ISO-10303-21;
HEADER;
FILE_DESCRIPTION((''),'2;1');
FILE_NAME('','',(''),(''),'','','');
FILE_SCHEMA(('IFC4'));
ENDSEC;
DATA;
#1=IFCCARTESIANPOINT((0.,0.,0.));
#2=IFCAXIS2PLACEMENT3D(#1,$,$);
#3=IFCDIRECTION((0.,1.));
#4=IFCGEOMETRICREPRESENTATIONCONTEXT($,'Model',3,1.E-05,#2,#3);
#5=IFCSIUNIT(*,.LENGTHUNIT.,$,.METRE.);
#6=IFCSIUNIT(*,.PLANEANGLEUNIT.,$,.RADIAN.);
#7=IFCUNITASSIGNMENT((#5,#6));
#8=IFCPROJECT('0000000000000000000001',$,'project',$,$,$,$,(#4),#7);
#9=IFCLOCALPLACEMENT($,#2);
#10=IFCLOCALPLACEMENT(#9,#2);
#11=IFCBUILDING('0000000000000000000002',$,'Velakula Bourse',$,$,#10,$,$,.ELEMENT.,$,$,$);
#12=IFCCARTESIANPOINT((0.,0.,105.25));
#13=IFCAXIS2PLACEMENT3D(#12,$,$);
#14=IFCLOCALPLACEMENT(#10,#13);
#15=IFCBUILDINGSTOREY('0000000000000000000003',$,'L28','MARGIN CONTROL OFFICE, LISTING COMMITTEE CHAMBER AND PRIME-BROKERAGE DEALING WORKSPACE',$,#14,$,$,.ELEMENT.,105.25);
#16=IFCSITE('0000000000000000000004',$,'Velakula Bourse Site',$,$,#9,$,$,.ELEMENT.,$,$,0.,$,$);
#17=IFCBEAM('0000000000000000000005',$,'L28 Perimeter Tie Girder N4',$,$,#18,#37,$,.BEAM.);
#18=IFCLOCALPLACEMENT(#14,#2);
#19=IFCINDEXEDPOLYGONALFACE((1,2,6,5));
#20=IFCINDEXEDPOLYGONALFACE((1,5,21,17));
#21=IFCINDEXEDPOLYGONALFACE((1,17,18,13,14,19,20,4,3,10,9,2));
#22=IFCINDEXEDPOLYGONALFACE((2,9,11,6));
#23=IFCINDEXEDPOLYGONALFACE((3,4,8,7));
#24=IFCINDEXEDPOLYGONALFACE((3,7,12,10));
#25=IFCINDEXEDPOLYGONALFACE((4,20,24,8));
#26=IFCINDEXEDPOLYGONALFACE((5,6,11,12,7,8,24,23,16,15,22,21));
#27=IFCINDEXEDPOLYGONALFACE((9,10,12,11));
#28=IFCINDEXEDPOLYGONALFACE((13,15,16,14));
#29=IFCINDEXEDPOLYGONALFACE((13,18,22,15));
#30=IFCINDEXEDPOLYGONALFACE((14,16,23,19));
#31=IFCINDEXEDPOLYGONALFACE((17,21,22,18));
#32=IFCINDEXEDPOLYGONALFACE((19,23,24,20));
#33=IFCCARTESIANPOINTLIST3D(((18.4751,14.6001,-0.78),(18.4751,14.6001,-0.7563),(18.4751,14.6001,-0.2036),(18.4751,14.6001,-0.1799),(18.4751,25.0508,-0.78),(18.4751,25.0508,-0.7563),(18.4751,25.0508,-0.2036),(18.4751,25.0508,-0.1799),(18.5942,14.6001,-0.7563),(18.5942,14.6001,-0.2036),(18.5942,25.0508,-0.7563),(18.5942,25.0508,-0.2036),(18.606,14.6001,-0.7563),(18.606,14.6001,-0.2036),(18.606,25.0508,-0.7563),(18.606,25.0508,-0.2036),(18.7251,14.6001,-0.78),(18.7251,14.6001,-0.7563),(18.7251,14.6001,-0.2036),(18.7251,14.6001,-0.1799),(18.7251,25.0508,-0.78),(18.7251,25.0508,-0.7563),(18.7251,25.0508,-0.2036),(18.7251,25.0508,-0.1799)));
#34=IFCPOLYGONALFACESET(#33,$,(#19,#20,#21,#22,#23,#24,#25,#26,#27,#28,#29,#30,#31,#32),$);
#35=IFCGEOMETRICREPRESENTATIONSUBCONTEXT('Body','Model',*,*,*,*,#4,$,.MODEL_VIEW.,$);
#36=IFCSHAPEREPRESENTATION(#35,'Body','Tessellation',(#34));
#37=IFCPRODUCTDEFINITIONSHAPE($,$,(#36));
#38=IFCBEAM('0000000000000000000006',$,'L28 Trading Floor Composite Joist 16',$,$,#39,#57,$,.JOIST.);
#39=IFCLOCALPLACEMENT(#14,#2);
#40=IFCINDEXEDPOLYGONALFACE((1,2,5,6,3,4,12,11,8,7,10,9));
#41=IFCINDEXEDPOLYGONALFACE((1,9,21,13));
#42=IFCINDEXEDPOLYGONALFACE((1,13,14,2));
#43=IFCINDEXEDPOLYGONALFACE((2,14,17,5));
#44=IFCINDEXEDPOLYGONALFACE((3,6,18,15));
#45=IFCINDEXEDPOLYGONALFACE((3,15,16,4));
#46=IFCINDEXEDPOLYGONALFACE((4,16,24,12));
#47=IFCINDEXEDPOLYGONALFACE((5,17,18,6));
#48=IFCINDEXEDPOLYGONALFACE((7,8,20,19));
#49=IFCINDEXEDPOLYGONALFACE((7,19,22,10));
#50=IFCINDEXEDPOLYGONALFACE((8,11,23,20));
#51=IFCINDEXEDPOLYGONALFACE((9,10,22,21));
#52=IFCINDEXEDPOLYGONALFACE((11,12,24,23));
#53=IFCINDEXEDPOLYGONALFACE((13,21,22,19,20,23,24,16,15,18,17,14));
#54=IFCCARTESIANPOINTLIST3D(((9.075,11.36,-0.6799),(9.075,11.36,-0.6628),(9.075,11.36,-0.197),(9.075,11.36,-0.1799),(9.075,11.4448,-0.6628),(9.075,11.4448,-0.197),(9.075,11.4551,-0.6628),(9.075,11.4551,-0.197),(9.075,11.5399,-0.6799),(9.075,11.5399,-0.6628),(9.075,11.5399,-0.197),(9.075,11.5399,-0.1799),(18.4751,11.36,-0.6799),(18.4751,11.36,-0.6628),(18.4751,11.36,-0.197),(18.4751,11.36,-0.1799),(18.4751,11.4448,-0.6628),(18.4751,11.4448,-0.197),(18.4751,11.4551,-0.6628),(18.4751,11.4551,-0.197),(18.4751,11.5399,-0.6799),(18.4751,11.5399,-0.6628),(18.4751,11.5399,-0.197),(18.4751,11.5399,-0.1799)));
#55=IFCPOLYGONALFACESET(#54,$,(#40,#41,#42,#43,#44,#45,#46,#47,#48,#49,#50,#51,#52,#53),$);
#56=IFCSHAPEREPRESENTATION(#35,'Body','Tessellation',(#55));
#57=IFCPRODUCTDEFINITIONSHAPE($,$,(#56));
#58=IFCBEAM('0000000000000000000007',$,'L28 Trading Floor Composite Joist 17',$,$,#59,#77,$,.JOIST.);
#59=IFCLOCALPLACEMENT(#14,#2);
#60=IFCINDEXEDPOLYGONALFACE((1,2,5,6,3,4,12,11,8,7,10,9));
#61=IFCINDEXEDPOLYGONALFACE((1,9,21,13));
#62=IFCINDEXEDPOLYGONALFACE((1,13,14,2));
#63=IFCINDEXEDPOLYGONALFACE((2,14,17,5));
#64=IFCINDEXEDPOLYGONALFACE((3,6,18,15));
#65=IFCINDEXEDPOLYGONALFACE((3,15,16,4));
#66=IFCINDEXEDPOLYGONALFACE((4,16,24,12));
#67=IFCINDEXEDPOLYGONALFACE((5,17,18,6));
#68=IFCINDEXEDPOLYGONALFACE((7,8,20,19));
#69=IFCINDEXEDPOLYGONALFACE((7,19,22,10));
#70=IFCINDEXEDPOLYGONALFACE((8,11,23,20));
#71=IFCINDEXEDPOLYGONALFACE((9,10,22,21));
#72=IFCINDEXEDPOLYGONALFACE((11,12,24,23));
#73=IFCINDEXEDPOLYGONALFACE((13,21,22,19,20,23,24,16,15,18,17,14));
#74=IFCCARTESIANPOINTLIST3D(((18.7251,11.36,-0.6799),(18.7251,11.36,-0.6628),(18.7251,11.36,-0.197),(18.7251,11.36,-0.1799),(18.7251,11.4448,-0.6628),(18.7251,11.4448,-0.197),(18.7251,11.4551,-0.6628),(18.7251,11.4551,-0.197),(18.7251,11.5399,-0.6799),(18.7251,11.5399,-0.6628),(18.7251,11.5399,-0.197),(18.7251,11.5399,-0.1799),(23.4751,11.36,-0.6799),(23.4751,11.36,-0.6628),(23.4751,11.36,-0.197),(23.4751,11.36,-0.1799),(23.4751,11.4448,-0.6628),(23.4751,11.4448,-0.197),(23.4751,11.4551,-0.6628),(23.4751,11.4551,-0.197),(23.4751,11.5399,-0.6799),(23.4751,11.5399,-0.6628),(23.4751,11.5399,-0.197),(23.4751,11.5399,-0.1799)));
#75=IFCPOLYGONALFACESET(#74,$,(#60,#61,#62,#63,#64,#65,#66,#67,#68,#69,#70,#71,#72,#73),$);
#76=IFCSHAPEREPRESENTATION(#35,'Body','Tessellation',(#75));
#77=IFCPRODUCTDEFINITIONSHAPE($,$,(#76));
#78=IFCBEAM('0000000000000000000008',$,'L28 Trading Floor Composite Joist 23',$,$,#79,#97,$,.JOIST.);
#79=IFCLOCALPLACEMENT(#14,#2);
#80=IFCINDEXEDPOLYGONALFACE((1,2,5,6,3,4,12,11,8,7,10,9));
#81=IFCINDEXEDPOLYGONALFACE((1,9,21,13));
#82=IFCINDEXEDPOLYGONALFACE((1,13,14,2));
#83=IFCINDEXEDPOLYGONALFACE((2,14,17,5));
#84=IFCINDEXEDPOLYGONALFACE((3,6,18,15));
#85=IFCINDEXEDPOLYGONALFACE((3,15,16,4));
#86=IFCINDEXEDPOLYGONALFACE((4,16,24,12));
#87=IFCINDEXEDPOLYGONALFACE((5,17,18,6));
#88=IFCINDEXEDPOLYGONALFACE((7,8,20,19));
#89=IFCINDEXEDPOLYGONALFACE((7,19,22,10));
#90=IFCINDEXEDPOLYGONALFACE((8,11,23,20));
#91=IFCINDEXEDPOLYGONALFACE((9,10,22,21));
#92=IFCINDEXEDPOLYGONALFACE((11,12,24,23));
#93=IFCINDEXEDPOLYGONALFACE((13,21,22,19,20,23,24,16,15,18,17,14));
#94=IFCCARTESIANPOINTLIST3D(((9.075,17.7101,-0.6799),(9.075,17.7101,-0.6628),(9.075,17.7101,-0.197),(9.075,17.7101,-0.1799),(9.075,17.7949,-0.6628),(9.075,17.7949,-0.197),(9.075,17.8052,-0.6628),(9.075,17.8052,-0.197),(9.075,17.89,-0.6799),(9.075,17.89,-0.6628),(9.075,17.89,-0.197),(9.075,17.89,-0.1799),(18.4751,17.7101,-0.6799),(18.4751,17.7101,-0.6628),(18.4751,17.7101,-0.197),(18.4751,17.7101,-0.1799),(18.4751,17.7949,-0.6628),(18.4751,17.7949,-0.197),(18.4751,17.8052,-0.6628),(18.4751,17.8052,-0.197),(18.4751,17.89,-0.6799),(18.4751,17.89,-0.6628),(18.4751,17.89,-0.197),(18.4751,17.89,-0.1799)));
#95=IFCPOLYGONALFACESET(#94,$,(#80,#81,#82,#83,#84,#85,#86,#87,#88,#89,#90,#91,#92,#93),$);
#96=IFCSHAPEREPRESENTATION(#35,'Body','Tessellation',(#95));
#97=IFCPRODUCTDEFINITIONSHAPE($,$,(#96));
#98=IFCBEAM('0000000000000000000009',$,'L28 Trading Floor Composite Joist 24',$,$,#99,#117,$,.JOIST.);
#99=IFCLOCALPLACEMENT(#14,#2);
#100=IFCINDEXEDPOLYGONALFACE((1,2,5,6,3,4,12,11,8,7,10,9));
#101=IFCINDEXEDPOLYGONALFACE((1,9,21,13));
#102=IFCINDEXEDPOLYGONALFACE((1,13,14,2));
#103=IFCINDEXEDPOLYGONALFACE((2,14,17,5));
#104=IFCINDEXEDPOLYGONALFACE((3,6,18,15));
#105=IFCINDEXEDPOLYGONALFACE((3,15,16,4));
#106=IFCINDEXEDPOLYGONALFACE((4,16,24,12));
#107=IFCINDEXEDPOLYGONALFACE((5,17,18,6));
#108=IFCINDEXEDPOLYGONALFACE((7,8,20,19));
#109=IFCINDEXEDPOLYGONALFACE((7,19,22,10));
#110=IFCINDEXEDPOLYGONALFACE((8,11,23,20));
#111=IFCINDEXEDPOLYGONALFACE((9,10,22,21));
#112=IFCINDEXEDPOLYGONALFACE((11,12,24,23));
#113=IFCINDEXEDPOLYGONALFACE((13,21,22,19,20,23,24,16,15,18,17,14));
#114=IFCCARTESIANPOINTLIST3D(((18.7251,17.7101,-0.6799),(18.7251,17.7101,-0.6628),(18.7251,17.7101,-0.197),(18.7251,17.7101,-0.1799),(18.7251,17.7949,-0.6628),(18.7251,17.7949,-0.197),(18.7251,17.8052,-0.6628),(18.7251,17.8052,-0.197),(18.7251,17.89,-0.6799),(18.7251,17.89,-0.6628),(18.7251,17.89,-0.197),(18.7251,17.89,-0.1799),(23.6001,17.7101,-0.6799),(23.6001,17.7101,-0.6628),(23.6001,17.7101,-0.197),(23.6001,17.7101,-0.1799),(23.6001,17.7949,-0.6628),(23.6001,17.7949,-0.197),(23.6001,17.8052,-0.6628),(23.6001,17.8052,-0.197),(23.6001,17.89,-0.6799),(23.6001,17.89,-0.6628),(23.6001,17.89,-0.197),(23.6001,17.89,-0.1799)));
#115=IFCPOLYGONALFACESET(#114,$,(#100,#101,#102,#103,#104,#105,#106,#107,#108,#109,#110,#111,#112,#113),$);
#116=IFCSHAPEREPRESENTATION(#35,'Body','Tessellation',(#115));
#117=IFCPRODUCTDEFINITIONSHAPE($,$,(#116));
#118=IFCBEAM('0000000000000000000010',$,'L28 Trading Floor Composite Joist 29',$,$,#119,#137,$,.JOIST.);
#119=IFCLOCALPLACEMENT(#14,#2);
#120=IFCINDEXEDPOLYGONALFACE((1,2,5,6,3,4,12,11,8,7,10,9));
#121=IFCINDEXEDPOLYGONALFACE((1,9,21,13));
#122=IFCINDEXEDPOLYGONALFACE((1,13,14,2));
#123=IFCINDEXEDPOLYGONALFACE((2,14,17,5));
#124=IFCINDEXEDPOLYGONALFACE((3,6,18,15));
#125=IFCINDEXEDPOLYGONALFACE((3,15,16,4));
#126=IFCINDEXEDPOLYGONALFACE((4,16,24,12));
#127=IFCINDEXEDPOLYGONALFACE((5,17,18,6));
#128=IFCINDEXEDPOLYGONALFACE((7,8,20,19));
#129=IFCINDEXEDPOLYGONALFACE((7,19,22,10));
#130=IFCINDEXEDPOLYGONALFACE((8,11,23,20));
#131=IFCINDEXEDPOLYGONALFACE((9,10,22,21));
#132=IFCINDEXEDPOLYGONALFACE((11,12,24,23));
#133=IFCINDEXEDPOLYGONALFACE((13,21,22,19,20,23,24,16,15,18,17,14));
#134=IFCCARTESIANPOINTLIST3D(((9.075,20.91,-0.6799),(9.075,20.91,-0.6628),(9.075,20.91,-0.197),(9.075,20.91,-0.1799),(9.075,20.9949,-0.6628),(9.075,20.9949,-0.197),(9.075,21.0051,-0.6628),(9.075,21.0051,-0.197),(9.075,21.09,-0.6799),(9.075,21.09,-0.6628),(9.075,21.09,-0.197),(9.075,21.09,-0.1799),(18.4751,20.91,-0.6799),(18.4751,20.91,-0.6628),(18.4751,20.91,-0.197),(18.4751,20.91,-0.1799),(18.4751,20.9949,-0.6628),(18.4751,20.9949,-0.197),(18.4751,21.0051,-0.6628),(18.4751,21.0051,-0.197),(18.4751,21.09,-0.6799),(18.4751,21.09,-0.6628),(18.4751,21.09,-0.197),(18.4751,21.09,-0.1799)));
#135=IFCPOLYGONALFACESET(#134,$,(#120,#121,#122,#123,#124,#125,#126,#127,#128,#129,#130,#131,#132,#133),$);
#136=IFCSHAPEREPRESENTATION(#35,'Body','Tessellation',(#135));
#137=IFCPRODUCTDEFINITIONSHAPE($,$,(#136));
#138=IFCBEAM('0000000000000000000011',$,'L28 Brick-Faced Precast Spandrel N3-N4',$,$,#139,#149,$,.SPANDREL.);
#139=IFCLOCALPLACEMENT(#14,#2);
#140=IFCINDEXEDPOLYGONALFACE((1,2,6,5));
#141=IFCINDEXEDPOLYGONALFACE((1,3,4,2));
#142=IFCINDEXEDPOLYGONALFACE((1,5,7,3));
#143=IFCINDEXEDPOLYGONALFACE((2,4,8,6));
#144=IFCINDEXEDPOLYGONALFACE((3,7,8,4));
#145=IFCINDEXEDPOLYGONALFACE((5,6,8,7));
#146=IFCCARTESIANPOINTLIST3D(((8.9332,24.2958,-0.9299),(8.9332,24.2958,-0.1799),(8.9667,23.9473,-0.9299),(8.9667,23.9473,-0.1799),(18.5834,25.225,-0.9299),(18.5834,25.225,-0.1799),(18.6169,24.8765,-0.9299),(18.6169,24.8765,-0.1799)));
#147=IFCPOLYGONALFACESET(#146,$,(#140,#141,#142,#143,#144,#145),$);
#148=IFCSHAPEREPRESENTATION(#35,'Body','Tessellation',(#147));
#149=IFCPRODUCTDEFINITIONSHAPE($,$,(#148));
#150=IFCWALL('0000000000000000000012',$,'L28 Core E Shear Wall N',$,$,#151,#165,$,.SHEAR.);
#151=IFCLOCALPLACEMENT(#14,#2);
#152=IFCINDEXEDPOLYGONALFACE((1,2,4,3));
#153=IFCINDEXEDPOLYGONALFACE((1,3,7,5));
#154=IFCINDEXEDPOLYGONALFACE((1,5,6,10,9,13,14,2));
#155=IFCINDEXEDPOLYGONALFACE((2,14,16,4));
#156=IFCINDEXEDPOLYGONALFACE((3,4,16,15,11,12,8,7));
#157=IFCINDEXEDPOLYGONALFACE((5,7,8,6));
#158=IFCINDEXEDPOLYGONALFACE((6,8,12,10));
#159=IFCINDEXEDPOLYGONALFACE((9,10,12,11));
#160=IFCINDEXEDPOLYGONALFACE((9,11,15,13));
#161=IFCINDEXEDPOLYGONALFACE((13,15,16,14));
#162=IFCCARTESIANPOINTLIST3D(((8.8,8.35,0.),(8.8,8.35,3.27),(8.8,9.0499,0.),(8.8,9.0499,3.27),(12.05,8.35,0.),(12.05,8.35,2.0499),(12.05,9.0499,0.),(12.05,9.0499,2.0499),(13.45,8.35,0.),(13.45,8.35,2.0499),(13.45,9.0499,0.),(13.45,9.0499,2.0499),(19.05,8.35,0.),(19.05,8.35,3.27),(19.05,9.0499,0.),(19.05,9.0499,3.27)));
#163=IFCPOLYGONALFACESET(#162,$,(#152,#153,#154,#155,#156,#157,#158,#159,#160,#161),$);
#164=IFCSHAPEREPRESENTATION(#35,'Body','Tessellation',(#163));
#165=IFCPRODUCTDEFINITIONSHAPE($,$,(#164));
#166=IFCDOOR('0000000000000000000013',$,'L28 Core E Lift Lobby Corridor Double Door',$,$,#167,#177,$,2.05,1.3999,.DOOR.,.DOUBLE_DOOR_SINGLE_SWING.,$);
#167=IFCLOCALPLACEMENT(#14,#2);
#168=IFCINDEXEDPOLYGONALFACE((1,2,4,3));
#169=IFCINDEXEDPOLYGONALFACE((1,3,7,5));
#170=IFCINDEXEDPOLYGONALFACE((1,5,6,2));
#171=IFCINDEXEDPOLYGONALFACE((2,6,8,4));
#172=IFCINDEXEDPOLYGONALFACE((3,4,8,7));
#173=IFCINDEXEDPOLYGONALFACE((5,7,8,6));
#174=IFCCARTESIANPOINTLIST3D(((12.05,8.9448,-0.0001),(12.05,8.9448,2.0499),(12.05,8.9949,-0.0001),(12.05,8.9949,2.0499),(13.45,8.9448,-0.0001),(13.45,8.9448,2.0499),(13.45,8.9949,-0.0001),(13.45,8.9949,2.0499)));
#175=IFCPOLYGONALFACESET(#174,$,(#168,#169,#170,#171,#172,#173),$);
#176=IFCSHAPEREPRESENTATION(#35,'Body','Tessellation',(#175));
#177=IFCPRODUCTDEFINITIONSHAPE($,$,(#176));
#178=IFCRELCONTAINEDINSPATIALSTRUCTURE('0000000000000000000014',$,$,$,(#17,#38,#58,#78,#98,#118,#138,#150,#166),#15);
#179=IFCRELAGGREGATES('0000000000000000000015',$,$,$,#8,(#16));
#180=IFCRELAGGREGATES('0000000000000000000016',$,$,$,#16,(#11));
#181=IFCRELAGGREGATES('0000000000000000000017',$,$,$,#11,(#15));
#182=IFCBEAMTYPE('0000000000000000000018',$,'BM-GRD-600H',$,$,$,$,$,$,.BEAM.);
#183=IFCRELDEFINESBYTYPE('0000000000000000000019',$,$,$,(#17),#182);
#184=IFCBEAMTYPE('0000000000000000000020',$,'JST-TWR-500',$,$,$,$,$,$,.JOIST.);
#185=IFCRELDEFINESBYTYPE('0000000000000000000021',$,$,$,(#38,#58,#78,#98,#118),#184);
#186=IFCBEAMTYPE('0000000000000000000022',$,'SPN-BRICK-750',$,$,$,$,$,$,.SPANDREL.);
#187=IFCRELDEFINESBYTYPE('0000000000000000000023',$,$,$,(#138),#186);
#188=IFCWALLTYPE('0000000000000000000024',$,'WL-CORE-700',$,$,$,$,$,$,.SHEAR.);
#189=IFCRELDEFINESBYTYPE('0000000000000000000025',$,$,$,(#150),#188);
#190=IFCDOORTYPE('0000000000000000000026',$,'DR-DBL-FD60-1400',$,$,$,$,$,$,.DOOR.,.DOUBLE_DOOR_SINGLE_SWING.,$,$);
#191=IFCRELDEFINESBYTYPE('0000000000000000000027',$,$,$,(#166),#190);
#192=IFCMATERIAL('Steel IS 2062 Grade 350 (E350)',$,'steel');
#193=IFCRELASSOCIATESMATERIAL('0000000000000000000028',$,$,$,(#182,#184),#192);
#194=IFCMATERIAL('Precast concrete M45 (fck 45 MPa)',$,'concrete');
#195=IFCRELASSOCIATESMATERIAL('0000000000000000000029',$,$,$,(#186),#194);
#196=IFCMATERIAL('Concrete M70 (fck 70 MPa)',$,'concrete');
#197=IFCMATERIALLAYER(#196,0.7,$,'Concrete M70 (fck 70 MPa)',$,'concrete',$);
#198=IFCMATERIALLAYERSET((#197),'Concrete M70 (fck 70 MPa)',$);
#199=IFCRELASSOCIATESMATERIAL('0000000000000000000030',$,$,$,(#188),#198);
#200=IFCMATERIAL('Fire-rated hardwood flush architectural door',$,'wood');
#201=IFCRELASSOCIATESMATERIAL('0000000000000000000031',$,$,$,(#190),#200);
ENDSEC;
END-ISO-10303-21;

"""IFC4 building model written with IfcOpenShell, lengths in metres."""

from ifc_helpers import new_model, si_unit, direction, frame, frame_2d, origin, origin_2d, place, context, subcontext, project, spatial, rectangle, i_section, extrude, material, layer, layer_set, material_profile, profile_set, type_object, element, fill, save


model = new_model("IFC4")

# Units and contexts
model_context = context("Model", 3, precision=1e-05, world=origin(), true_north=direction((0.0, 1.0)))
body_context = subcontext(model_context, "Body", "Model", "MODEL_VIEW")
ifc_project = project(units=[si_unit("LENGTHUNIT", "METRE"), si_unit("PLANEANGLEUNIT", "RADIAN")], contexts=[model_context])

# Site, building, storey
site_placement = place(None, origin())
site = spatial("IfcSite", under=ifc_project, at=site_placement, Name="Velakula Bourse Site", CompositionType="ELEMENT", RefElevation=0.0)
building_placement = place(site_placement, origin())
building = spatial("IfcBuilding", under=site, at=building_placement, Name="Velakula Bourse", CompositionType="ELEMENT")
storey_placement = place(building_placement, frame((0.0, 0.0, 105.25)))
storey = spatial("IfcBuildingStorey", under=building, at=storey_placement, Name="L28", Description="MARGIN CONTROL OFFICE, LISTING COMMITTEE CHAMBER AND PRIME-BROKERAGE DEALING WORKSPACE", CompositionType="ELEMENT", Elevation=105.25)

# Beams
ifc_material_1 = material(Name="Steel IS 2062 Grade 350 (E350)", Category="steel")
ifc_material_profile_1 = material_profile(ifc_material_1, i_section(OverallWidth=0.25, OverallDepth=0.6001, WebThickness=0.0117, FlangeThickness=0.0237, at=origin_2d()), Name="Steel IS 2062 Grade 350 (E350)")
ifc_profile_set_1 = profile_set([ifc_material_profile_1], Name="Steel IS 2062 Grade 350 (E350)")
beam_type_1 = type_object("IfcBeamType", Name="BM-GRD-600H", PredefinedType="BEAM", material=ifc_profile_set_1)
beam_1_placement = place(storey_placement, frame((18.6001, 14.6001, -0.48), z_axis=(0.0, 1.0, 0.0), x_axis=(-1.0, 0.0, 0.0)))
element("IfcBeam", 1, at=beam_1_placement, inside=storey, type_object=beam_type_1, Name="L28 Perimeter Tie Girder N4", PredefinedType="BEAM", context=body_context, shape_type="SweptSolid", body=[
    extrude(i_section(OverallWidth=0.25, OverallDepth=0.6001, WebThickness=0.0117, FlangeThickness=0.0237, at=origin_2d()), origin(), (0.0, 0.0, 1.0), 10.4507),
])
ifc_material_profile_2 = material_profile(ifc_material_1, i_section(OverallWidth=0.1799, OverallDepth=0.5, WebThickness=0.0103, FlangeThickness=0.0171, at=origin_2d()), Name="Steel IS 2062 Grade 350 (E350)")
ifc_profile_set_2 = profile_set([ifc_material_profile_2], Name="Steel IS 2062 Grade 350 (E350)")
beam_type_2 = type_object("IfcBeamType", Name="JST-TWR-500", PredefinedType="JOIST", material=ifc_profile_set_2)
beam_2_placement = place(storey_placement, frame((9.075, 11.45, -0.4299), z_axis=(1.0, 0.0, 0.0), x_axis=(0.0, 1.0, 0.0)))
element("IfcBeam", 2, at=beam_2_placement, inside=storey, type_object=beam_type_2, Name="L28 Trading Floor Composite Joist 16", PredefinedType="JOIST", context=body_context, shape_type="SweptSolid", body=[
    extrude(i_section(OverallWidth=0.1799, OverallDepth=0.5, WebThickness=0.0103, FlangeThickness=0.0171, at=origin_2d()), origin(), (0.0, 0.0, 1.0), 9.4001),
])
beam_3_placement = place(storey_placement, frame((18.7251, 11.45, -0.4299), z_axis=(1.0, 0.0, 0.0), x_axis=(0.0, 1.0, 0.0)))
element("IfcBeam", 3, at=beam_3_placement, inside=storey, type_object=beam_type_2, Name="L28 Trading Floor Composite Joist 17", PredefinedType="JOIST", context=body_context, shape_type="SweptSolid", body=[
    extrude(i_section(OverallWidth=0.1799, OverallDepth=0.5, WebThickness=0.0103, FlangeThickness=0.0171, at=origin_2d()), origin(), (0.0, 0.0, 1.0), 4.75),
])
beam_4_placement = place(storey_placement, frame((9.075, 17.8, -0.4299), z_axis=(1.0, 0.0, 0.0), x_axis=(0.0, 1.0, 0.0)))
element("IfcBeam", 4, at=beam_4_placement, inside=storey, type_object=beam_type_2, Name="L28 Trading Floor Composite Joist 23", PredefinedType="JOIST", context=body_context, shape_type="SweptSolid", body=[
    extrude(i_section(OverallWidth=0.1799, OverallDepth=0.5, WebThickness=0.0103, FlangeThickness=0.0171, at=origin_2d()), origin(), (0.0, 0.0, 1.0), 9.4001),
])
beam_5_placement = place(storey_placement, frame((18.7251, 17.8, -0.4299), z_axis=(1.0, 0.0, 0.0), x_axis=(0.0, 1.0, 0.0)))
element("IfcBeam", 5, at=beam_5_placement, inside=storey, type_object=beam_type_2, Name="L28 Trading Floor Composite Joist 24", PredefinedType="JOIST", context=body_context, shape_type="SweptSolid", body=[
    extrude(i_section(OverallWidth=0.1799, OverallDepth=0.5, WebThickness=0.0103, FlangeThickness=0.0171, at=origin_2d()), origin(), (0.0, 0.0, 1.0), 4.875),
])
beam_6_placement = place(storey_placement, frame((9.075, 21.0, -0.4299), z_axis=(1.0, 0.0, 0.0), x_axis=(0.0, 1.0, 0.0)))
element("IfcBeam", 6, at=beam_6_placement, inside=storey, type_object=beam_type_2, Name="L28 Trading Floor Composite Joist 29", PredefinedType="JOIST", context=body_context, shape_type="SweptSolid", body=[
    extrude(i_section(OverallWidth=0.1799, OverallDepth=0.5, WebThickness=0.0103, FlangeThickness=0.0171, at=origin_2d()), origin(), (0.0, 0.0, 1.0), 9.4001),
])
ifc_material_2 = material(Name="Precast concrete M45 (fck 45 MPa)", Category="concrete")
ifc_material_profile_3 = material_profile(ifc_material_2, rectangle(XDim=0.3501, YDim=0.75, at=origin_2d()), Name="Precast concrete M45 (fck 45 MPa)")
ifc_profile_set_3 = profile_set([ifc_material_profile_3], Name="Precast concrete M45 (fck 45 MPa)")
beam_type_3 = type_object("IfcBeamType", Name="SPN-BRICK-750", PredefinedType="SPANDREL", material=ifc_profile_set_3)
beam_7_placement = place(storey_placement, frame((8.95, 24.1216, -0.5549), z_axis=(0.995396, 0.095845, 0.0), x_axis=(-0.095845, 0.995396, 0.0)))
element("IfcBeam", 7, at=beam_7_placement, inside=storey, type_object=beam_type_3, Name="L28 Brick-Faced Precast Spandrel N3-N4", PredefinedType="SPANDREL", context=body_context, shape_type="SweptSolid", body=[
    extrude(rectangle(XDim=0.3501, YDim=0.75, at=origin_2d()), origin(), (0.0, 0.0, 1.0), 9.6948),
])

# Wall, opening, door
ifc_material_3 = material(Name="Concrete M70 (fck 70 MPa)", Category="concrete")
ifc_layer_1 = layer(ifc_material_3, 0.7, Name="Concrete M70 (fck 70 MPa)", Category="concrete")
ifc_layer_set_1 = layer_set([ifc_layer_1], Name="Concrete M70 (fck 70 MPa)")
wall_type_1 = type_object("IfcWallType", Name="WL-CORE-700", PredefinedType="SHEAR", material=ifc_layer_set_1)
wall_1_placement = place(storey_placement, frame((8.8, 8.7, 0.0), z_axis=(0.0, 0.0, 1.0), x_axis=(1.0, 0.0, 0.0)))
wall_1 = element("IfcWall", 8, at=wall_1_placement, inside=storey, type_object=wall_type_1, Name="L28 Core E Shear Wall N", PredefinedType="SHEAR", context=body_context, shape_type="SweptSolid", body=[
    extrude(rectangle(XDim=10.25, YDim=0.7, at=frame_2d((5.125, 0.0))), origin(), (0.0, 0.0, 1.0), 3.27),
])
opening_1_placement = place(wall_1_placement, frame((3.25, 0.0, 0.0)))
opening_1 = element("IfcOpeningElement", 9, at=opening_1_placement, cuts=wall_1, PredefinedType="OPENING", context=body_context, shape_type="SweptSolid", body=[
    extrude(rectangle(XDim=1.3999, YDim=2.05, at=frame_2d((0.7, 1.0249))), frame((0.0, 0.3599, 0.0), z_axis=(0.0, -1.0, 0.0), x_axis=(1.0, 0.0, 0.0)), (0.0, 0.0, 1.0), 0.72),
])
ifc_material_4 = material(Name="Fire-rated hardwood flush architectural door", Category="wood")
door_type = type_object("IfcDoorType", Name="DR-DBL-FD60-1400", OperationType="DOUBLE_DOOR_SINGLE_SWING", PredefinedType="DOOR", material=ifc_material_4)
door_placement = place(opening_1_placement, origin())
door = element("IfcDoor", 10, at=door_placement, inside=storey, type_object=door_type, Name="L28 Core E Lift Lobby Corridor Double Door", OperationType="DOUBLE_DOOR_SINGLE_SWING", OverallHeight=2.05, OverallWidth=1.3999, PredefinedType="DOOR", context=body_context, shape_type="SweptSolid", body=[
    extrude(rectangle(XDim=1.3999, YDim=2.05, at=frame_2d((0.7, 1.0249))), frame((0.0, 0.2949, 0.0), z_axis=(0.0, -1.0, 0.0), x_axis=(1.0, 0.0, 0.0)), (0.0, 0.0, 1.0), 0.05),
])
fill(opening_1, door)

save(model, "model.ifc")
